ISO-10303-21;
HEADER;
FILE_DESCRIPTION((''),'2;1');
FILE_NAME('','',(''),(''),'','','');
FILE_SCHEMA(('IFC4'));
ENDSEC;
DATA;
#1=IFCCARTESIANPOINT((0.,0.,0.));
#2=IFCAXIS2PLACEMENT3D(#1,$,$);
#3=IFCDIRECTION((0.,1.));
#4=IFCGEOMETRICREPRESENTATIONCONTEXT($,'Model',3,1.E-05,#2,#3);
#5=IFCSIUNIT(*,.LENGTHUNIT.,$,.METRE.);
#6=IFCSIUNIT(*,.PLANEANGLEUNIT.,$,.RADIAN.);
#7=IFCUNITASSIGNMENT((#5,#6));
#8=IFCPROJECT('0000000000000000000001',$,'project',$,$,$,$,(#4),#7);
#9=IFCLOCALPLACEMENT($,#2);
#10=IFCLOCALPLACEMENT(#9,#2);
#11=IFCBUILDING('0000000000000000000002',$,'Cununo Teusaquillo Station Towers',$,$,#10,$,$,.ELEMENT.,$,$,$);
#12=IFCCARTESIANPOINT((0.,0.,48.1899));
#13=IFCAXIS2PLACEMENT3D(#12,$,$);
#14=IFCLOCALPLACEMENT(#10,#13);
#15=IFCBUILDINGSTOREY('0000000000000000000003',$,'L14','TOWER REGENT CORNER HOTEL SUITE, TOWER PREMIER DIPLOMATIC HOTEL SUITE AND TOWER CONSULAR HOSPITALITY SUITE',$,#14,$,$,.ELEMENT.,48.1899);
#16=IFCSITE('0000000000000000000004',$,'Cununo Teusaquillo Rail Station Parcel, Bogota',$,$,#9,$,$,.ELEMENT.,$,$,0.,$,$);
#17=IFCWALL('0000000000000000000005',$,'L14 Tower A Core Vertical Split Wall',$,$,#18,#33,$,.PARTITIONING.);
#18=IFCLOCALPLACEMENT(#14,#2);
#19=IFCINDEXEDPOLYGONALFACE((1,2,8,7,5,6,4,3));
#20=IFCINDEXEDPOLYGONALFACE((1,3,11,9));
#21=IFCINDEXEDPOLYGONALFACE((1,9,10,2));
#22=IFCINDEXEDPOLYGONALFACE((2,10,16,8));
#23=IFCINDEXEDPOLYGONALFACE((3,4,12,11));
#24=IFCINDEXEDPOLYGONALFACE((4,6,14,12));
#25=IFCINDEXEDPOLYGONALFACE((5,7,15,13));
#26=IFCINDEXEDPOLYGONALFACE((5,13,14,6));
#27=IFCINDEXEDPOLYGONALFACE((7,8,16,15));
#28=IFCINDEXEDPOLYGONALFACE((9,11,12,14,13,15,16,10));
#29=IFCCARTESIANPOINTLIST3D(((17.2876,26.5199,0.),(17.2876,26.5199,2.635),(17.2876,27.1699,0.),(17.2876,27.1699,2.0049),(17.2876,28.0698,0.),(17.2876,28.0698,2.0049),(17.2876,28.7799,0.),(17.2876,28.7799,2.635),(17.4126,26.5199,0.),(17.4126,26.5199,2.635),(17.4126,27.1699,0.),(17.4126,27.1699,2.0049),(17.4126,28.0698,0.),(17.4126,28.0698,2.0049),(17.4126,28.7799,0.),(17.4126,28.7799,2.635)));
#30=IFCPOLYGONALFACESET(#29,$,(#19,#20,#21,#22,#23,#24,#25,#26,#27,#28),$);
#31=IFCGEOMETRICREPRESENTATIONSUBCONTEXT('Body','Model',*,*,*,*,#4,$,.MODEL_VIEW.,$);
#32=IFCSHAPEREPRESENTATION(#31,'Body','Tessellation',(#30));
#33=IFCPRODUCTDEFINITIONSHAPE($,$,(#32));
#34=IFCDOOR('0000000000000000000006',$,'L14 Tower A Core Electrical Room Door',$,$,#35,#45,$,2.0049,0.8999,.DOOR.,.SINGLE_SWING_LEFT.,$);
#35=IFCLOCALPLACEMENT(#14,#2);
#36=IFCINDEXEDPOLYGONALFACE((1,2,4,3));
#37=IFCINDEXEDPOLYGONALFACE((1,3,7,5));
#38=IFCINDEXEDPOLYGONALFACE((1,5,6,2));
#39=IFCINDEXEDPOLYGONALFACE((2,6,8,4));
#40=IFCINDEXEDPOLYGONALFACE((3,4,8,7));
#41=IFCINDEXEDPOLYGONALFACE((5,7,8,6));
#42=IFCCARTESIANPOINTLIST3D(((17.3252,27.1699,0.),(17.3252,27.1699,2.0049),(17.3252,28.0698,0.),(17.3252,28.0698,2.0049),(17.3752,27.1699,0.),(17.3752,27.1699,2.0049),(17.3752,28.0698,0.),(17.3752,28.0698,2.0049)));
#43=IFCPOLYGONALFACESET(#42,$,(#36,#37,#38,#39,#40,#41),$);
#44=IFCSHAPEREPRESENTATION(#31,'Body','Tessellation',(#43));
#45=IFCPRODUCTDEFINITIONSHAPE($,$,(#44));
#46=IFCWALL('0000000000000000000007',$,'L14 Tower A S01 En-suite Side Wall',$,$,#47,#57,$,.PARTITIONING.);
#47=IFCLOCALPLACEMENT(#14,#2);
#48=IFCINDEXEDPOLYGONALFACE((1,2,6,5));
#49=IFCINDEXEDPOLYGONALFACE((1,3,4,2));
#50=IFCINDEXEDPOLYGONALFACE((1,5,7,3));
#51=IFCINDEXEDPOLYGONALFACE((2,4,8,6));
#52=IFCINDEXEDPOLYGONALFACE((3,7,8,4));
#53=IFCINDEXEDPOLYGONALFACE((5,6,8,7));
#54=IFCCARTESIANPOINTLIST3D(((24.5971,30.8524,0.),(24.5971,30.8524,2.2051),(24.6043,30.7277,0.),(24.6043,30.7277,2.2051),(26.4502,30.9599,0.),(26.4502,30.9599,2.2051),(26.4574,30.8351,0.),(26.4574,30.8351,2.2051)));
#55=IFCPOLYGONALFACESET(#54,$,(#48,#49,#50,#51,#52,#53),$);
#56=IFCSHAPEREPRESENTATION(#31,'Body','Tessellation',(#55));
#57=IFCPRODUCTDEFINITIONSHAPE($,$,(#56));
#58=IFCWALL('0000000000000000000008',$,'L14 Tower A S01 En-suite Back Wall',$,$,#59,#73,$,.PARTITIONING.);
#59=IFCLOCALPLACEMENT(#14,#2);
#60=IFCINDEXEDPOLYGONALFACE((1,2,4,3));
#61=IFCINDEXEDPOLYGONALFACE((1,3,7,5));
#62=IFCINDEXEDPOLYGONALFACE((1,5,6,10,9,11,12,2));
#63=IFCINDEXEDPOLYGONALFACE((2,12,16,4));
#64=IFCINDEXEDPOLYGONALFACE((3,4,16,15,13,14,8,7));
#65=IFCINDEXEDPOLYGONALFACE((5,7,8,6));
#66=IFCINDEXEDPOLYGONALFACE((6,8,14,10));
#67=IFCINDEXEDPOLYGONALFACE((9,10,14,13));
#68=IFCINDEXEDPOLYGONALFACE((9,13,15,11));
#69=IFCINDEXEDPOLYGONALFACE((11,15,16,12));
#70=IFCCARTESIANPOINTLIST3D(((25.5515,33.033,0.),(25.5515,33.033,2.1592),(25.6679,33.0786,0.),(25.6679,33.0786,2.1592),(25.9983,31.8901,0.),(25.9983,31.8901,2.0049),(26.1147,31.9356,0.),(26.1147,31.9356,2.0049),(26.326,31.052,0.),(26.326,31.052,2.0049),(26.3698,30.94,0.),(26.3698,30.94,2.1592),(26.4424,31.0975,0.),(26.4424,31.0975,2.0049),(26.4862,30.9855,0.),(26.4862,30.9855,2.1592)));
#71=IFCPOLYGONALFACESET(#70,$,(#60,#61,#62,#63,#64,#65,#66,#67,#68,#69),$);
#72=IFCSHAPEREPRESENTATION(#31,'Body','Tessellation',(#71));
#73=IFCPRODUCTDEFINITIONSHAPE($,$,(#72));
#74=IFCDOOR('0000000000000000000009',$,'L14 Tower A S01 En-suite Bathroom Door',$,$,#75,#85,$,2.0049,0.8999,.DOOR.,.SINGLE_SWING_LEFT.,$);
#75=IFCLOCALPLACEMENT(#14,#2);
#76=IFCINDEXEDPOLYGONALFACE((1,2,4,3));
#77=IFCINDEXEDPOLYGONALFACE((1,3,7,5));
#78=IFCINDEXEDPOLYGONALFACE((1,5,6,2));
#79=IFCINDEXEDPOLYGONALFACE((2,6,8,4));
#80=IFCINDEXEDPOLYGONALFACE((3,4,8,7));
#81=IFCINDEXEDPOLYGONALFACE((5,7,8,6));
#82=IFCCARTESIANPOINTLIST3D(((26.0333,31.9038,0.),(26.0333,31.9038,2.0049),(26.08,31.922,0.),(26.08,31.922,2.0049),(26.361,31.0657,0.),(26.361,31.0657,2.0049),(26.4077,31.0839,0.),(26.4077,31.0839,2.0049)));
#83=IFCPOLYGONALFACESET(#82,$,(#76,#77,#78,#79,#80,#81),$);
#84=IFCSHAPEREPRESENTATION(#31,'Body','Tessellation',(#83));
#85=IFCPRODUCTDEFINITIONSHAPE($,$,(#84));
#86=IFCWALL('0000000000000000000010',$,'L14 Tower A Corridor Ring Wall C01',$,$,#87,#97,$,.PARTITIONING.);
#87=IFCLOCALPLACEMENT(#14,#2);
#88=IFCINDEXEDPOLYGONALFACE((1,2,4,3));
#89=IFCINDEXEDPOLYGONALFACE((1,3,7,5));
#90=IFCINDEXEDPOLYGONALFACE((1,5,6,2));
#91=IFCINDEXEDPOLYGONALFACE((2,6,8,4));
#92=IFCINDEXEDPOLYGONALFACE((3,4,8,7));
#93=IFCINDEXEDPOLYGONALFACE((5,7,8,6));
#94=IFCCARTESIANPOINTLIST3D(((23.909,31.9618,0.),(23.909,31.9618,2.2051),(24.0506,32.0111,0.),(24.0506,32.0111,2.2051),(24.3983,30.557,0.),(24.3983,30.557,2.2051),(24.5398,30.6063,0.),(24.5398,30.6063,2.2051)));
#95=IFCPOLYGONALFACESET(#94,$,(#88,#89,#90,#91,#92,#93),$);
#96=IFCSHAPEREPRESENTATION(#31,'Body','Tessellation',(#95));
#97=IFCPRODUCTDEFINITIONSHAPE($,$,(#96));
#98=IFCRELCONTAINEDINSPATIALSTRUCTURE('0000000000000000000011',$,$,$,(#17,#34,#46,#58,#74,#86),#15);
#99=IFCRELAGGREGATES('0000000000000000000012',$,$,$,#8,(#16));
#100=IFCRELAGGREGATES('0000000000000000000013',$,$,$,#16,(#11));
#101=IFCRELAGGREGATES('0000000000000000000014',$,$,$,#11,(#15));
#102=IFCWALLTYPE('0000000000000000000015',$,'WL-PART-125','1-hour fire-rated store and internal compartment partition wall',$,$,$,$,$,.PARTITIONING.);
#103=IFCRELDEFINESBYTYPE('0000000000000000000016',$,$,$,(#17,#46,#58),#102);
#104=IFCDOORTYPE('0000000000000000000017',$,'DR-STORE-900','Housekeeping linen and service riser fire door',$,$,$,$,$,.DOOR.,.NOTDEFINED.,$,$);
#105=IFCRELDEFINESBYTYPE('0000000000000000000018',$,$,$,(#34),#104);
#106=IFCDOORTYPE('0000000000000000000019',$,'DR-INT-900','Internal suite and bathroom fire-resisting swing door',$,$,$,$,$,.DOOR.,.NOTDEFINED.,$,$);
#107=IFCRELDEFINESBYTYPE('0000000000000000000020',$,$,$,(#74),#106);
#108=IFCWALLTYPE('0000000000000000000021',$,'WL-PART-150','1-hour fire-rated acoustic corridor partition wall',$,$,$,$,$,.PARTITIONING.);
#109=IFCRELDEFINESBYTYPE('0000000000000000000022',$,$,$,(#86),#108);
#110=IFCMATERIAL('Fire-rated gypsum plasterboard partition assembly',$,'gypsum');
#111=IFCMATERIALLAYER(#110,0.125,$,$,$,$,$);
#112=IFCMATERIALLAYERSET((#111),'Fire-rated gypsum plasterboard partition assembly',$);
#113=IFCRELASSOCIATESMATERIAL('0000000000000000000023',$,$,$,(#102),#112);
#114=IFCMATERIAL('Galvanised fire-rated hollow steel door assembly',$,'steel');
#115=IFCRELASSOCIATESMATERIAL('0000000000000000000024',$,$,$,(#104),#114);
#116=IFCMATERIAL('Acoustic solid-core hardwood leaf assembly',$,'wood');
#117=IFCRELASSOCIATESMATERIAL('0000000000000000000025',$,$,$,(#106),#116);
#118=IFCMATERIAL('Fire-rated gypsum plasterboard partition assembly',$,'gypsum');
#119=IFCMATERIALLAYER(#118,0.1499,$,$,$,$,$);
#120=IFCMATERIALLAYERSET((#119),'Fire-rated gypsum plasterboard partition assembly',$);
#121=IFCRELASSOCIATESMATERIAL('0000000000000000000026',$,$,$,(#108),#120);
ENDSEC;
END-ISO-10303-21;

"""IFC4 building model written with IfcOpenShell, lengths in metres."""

from ifc_helpers import new_model, si_unit, direction, frame, frame_2d, origin, place, context, subcontext, project, spatial, rectangle, extrude, source, transform, mapped, material, layer, layer_set, type_object, element, fill, save


model = new_model("IFC4")

# Units and contexts
model_context = context("Model", 3, precision=1e-05, world=origin(), true_north=direction((0.0, 1.0)))
body_context = subcontext(model_context, "Body", "Model", "MODEL_VIEW")
ifc_project = project(units=[si_unit("LENGTHUNIT", "METRE"), si_unit("PLANEANGLEUNIT", "RADIAN")], contexts=[model_context])

# Site, building, storey
site_placement = place(None, origin())
site = spatial("IfcSite", under=ifc_project, at=site_placement, Name="Cununo Teusaquillo Rail Station Parcel, Bogota", CompositionType="ELEMENT", RefElevation=0.0)
building_placement = place(site_placement, origin())
building = spatial("IfcBuilding", under=site, at=building_placement, Name="Cununo Teusaquillo Station Towers", CompositionType="ELEMENT")
storey_placement = place(building_placement, frame((0.0, 0.0, 48.1899)))
storey = spatial("IfcBuildingStorey", under=building, at=storey_placement, Name="L14", Description="TOWER REGENT CORNER HOTEL SUITE, TOWER PREMIER DIPLOMATIC HOTEL SUITE AND TOWER CONSULAR HOSPITALITY SUITE", CompositionType="ELEMENT", Elevation=48.1899)

# Wall, opening, door
ifc_material_1 = material(Name="Fire-rated gypsum plasterboard partition assembly", Category="gypsum")
ifc_layer_1 = layer(ifc_material_1, 0.125)
ifc_layer_set_1 = layer_set([ifc_layer_1], Name="Fire-rated gypsum plasterboard partition assembly")
wall_type_1 = type_object("IfcWallType", Name="WL-PART-125", Description="1-hour fire-rated store and internal compartment partition wall", PredefinedType="PARTITIONING", material=ifc_layer_set_1)
wall_1_placement = place(storey_placement, frame((17.3501, 26.52, 0.0), z_axis=(0.0, 0.0, 1.0), x_axis=(0.0, 1.0, 0.0)))
wall_1 = element("IfcWall", 1, at=wall_1_placement, inside=storey, type_object=wall_type_1, Name="L14 Tower A Core Vertical Split Wall", PredefinedType="PARTITIONING", context=body_context, shape_type="SweptSolid", body=[
    extrude(rectangle(XDim=2.26, YDim=0.125, at=frame_2d((1.1299, 0.0))), origin(), (0.0, 0.0, 1.0), 2.635),
])
shared_shape_1 = source(origin(), body_context, "Body", "SweptSolid", [
    extrude(rectangle(XDim=0.8999, YDim=2.0049, at=frame_2d((0.45, 1.0024))), frame((0.0, 0.0725, 0.0), z_axis=(0.0, -1.0, 0.0), x_axis=(1.0, 0.0, 0.0)), (0.0, 0.0, 1.0), 0.145),
])
opening_1_placement = place(wall_1_placement, frame((0.6499, 0.0, 0.0)))
opening_1 = element("IfcOpeningElement", 2, at=opening_1_placement, cuts=wall_1, PredefinedType="OPENING", context=body_context, shape_type="MappedRepresentation", body=[
    mapped(shared_shape_1, transform((0.0, 0.0, 0.0), x_axis=(1.0, 0.0, 0.0), y_axis=(0.0, 1.0, 0.0), z_axis=(0.0, 0.0, 1.0), scale=1.0)),
])
ifc_material_2 = material(Name="Galvanised fire-rated hollow steel door assembly", Category="steel")
door_type_1 = type_object("IfcDoorType", Name="DR-STORE-900", Description="Housekeeping linen and service riser fire door", OperationType="NOTDEFINED", PredefinedType="DOOR", material=ifc_material_2)
shared_shape_2 = source(origin(), body_context, "Body", "SweptSolid", [
    extrude(rectangle(XDim=0.8999, YDim=2.0049, at=frame_2d((0.45, 1.0024))), frame((0.0, 0.0249, 0.0), z_axis=(0.0, -1.0, 0.0), x_axis=(1.0, 0.0, 0.0)), (0.0, 0.0, 1.0), 0.05),
])
door_1_placement = place(opening_1_placement, origin())
door_1 = element("IfcDoor", 3, at=door_1_placement, inside=storey, type_object=door_type_1, Name="L14 Tower A Core Electrical Room Door", OperationType="SINGLE_SWING_LEFT", OverallHeight=2.0049, OverallWidth=0.8999, PredefinedType="DOOR", context=body_context, shape_type="MappedRepresentation", body=[
    mapped(shared_shape_2, transform((0.0, 0.0, 0.0), x_axis=(1.0, 0.0, 0.0), y_axis=(0.0, 1.0, 0.0), z_axis=(0.0, 0.0, 1.0), scale=1.0)),
])
fill(opening_1, door_1)

# Wall
wall_2_placement = place(storey_placement, frame((24.6006, 30.79, 0.0), z_axis=(0.0, 0.0, 1.0), x_axis=(0.998324, 0.057874, 0.0)))
element("IfcWall", 4, at=wall_2_placement, inside=storey, type_object=wall_type_1, Name="L14 Tower A S01 En-suite Side Wall", PredefinedType="PARTITIONING", context=body_context, shape_type="SweptSolid", body=[
    extrude(rectangle(XDim=1.8562, YDim=0.125, at=frame_2d((0.9282, 0.0))), origin(), (0.0, 0.0, 1.0), 2.2051),
])

# Wall, opening, door
wall_3_placement = place(storey_placement, frame((26.428, 30.9629, 0.0), z_axis=(0.0, 0.0, 1.0), x_axis=(-0.364149, 0.931341, 0.0)))
wall_3 = element("IfcWall", 5, at=wall_3_placement, inside=storey, type_object=wall_type_1, Name="L14 Tower A S01 En-suite Back Wall", PredefinedType="PARTITIONING", context=body_context, shape_type="SweptSolid", body=[
    extrude(rectangle(XDim=2.2473, YDim=0.125, at=frame_2d((1.1235, 0.0))), origin(), (0.0, 0.0, 1.0), 2.1592),
])
opening_2_placement = place(wall_3_placement, frame((0.1201, 0.0, 0.0)))
opening_2 = element("IfcOpeningElement", 6, at=opening_2_placement, cuts=wall_3, PredefinedType="OPENING", context=body_context, shape_type="MappedRepresentation", body=[
    mapped(shared_shape_1, transform((0.0, 0.0, 0.0), x_axis=(1.0, 0.0, 0.0), y_axis=(0.0, 1.0, 0.0), z_axis=(0.0, 0.0, 1.0), scale=1.0)),
])
ifc_material_3 = material(Name="Acoustic solid-core hardwood leaf assembly", Category="wood")
door_type_2 = type_object("IfcDoorType", Name="DR-INT-900", Description="Internal suite and bathroom fire-resisting swing door", OperationType="NOTDEFINED", PredefinedType="DOOR", material=ifc_material_3)
door_2_placement = place(opening_2_placement, origin())
door_2 = element("IfcDoor", 7, at=door_2_placement, inside=storey, type_object=door_type_2, Name="L14 Tower A S01 En-suite Bathroom Door", OperationType="SINGLE_SWING_LEFT", OverallHeight=2.0049, OverallWidth=0.8999, PredefinedType="DOOR", context=body_context, shape_type="MappedRepresentation", body=[
    mapped(shared_shape_2, transform((0.0, 0.0, 0.0), x_axis=(1.0, 0.0, 0.0), y_axis=(0.0, 1.0, 0.0), z_axis=(0.0, 0.0, 1.0), scale=1.0)),
])
fill(opening_2, door_2)

# Wall
ifc_material_4 = material(Name="Fire-rated gypsum plasterboard partition assembly", Category="gypsum")
ifc_layer_2 = layer(ifc_material_4, 0.1499)
ifc_layer_set_2 = layer_set([ifc_layer_2], Name="Fire-rated gypsum plasterboard partition assembly")
wall_type_2 = type_object("IfcWallType", Name="WL-PART-150", Description="1-hour fire-rated acoustic corridor partition wall", PredefinedType="PARTITIONING", material=ifc_layer_set_2)
wall_4_placement = place(storey_placement, frame((24.469, 30.5818, 0.0), z_axis=(0.0, 0.0, 1.0), x_axis=(-0.328903, 0.944364, 0.0)))
element("IfcWall", 8, at=wall_4_placement, inside=storey, type_object=wall_type_2, Name="L14 Tower A Corridor Ring Wall C01", PredefinedType="PARTITIONING", context=body_context, shape_type="SweptSolid", body=[
    extrude(rectangle(XDim=1.4875, YDim=0.1499, at=frame_2d((0.7437, 0.0))), origin(), (0.0, 0.0, 1.0), 2.2051),
])

save(model, "model.ifc")
